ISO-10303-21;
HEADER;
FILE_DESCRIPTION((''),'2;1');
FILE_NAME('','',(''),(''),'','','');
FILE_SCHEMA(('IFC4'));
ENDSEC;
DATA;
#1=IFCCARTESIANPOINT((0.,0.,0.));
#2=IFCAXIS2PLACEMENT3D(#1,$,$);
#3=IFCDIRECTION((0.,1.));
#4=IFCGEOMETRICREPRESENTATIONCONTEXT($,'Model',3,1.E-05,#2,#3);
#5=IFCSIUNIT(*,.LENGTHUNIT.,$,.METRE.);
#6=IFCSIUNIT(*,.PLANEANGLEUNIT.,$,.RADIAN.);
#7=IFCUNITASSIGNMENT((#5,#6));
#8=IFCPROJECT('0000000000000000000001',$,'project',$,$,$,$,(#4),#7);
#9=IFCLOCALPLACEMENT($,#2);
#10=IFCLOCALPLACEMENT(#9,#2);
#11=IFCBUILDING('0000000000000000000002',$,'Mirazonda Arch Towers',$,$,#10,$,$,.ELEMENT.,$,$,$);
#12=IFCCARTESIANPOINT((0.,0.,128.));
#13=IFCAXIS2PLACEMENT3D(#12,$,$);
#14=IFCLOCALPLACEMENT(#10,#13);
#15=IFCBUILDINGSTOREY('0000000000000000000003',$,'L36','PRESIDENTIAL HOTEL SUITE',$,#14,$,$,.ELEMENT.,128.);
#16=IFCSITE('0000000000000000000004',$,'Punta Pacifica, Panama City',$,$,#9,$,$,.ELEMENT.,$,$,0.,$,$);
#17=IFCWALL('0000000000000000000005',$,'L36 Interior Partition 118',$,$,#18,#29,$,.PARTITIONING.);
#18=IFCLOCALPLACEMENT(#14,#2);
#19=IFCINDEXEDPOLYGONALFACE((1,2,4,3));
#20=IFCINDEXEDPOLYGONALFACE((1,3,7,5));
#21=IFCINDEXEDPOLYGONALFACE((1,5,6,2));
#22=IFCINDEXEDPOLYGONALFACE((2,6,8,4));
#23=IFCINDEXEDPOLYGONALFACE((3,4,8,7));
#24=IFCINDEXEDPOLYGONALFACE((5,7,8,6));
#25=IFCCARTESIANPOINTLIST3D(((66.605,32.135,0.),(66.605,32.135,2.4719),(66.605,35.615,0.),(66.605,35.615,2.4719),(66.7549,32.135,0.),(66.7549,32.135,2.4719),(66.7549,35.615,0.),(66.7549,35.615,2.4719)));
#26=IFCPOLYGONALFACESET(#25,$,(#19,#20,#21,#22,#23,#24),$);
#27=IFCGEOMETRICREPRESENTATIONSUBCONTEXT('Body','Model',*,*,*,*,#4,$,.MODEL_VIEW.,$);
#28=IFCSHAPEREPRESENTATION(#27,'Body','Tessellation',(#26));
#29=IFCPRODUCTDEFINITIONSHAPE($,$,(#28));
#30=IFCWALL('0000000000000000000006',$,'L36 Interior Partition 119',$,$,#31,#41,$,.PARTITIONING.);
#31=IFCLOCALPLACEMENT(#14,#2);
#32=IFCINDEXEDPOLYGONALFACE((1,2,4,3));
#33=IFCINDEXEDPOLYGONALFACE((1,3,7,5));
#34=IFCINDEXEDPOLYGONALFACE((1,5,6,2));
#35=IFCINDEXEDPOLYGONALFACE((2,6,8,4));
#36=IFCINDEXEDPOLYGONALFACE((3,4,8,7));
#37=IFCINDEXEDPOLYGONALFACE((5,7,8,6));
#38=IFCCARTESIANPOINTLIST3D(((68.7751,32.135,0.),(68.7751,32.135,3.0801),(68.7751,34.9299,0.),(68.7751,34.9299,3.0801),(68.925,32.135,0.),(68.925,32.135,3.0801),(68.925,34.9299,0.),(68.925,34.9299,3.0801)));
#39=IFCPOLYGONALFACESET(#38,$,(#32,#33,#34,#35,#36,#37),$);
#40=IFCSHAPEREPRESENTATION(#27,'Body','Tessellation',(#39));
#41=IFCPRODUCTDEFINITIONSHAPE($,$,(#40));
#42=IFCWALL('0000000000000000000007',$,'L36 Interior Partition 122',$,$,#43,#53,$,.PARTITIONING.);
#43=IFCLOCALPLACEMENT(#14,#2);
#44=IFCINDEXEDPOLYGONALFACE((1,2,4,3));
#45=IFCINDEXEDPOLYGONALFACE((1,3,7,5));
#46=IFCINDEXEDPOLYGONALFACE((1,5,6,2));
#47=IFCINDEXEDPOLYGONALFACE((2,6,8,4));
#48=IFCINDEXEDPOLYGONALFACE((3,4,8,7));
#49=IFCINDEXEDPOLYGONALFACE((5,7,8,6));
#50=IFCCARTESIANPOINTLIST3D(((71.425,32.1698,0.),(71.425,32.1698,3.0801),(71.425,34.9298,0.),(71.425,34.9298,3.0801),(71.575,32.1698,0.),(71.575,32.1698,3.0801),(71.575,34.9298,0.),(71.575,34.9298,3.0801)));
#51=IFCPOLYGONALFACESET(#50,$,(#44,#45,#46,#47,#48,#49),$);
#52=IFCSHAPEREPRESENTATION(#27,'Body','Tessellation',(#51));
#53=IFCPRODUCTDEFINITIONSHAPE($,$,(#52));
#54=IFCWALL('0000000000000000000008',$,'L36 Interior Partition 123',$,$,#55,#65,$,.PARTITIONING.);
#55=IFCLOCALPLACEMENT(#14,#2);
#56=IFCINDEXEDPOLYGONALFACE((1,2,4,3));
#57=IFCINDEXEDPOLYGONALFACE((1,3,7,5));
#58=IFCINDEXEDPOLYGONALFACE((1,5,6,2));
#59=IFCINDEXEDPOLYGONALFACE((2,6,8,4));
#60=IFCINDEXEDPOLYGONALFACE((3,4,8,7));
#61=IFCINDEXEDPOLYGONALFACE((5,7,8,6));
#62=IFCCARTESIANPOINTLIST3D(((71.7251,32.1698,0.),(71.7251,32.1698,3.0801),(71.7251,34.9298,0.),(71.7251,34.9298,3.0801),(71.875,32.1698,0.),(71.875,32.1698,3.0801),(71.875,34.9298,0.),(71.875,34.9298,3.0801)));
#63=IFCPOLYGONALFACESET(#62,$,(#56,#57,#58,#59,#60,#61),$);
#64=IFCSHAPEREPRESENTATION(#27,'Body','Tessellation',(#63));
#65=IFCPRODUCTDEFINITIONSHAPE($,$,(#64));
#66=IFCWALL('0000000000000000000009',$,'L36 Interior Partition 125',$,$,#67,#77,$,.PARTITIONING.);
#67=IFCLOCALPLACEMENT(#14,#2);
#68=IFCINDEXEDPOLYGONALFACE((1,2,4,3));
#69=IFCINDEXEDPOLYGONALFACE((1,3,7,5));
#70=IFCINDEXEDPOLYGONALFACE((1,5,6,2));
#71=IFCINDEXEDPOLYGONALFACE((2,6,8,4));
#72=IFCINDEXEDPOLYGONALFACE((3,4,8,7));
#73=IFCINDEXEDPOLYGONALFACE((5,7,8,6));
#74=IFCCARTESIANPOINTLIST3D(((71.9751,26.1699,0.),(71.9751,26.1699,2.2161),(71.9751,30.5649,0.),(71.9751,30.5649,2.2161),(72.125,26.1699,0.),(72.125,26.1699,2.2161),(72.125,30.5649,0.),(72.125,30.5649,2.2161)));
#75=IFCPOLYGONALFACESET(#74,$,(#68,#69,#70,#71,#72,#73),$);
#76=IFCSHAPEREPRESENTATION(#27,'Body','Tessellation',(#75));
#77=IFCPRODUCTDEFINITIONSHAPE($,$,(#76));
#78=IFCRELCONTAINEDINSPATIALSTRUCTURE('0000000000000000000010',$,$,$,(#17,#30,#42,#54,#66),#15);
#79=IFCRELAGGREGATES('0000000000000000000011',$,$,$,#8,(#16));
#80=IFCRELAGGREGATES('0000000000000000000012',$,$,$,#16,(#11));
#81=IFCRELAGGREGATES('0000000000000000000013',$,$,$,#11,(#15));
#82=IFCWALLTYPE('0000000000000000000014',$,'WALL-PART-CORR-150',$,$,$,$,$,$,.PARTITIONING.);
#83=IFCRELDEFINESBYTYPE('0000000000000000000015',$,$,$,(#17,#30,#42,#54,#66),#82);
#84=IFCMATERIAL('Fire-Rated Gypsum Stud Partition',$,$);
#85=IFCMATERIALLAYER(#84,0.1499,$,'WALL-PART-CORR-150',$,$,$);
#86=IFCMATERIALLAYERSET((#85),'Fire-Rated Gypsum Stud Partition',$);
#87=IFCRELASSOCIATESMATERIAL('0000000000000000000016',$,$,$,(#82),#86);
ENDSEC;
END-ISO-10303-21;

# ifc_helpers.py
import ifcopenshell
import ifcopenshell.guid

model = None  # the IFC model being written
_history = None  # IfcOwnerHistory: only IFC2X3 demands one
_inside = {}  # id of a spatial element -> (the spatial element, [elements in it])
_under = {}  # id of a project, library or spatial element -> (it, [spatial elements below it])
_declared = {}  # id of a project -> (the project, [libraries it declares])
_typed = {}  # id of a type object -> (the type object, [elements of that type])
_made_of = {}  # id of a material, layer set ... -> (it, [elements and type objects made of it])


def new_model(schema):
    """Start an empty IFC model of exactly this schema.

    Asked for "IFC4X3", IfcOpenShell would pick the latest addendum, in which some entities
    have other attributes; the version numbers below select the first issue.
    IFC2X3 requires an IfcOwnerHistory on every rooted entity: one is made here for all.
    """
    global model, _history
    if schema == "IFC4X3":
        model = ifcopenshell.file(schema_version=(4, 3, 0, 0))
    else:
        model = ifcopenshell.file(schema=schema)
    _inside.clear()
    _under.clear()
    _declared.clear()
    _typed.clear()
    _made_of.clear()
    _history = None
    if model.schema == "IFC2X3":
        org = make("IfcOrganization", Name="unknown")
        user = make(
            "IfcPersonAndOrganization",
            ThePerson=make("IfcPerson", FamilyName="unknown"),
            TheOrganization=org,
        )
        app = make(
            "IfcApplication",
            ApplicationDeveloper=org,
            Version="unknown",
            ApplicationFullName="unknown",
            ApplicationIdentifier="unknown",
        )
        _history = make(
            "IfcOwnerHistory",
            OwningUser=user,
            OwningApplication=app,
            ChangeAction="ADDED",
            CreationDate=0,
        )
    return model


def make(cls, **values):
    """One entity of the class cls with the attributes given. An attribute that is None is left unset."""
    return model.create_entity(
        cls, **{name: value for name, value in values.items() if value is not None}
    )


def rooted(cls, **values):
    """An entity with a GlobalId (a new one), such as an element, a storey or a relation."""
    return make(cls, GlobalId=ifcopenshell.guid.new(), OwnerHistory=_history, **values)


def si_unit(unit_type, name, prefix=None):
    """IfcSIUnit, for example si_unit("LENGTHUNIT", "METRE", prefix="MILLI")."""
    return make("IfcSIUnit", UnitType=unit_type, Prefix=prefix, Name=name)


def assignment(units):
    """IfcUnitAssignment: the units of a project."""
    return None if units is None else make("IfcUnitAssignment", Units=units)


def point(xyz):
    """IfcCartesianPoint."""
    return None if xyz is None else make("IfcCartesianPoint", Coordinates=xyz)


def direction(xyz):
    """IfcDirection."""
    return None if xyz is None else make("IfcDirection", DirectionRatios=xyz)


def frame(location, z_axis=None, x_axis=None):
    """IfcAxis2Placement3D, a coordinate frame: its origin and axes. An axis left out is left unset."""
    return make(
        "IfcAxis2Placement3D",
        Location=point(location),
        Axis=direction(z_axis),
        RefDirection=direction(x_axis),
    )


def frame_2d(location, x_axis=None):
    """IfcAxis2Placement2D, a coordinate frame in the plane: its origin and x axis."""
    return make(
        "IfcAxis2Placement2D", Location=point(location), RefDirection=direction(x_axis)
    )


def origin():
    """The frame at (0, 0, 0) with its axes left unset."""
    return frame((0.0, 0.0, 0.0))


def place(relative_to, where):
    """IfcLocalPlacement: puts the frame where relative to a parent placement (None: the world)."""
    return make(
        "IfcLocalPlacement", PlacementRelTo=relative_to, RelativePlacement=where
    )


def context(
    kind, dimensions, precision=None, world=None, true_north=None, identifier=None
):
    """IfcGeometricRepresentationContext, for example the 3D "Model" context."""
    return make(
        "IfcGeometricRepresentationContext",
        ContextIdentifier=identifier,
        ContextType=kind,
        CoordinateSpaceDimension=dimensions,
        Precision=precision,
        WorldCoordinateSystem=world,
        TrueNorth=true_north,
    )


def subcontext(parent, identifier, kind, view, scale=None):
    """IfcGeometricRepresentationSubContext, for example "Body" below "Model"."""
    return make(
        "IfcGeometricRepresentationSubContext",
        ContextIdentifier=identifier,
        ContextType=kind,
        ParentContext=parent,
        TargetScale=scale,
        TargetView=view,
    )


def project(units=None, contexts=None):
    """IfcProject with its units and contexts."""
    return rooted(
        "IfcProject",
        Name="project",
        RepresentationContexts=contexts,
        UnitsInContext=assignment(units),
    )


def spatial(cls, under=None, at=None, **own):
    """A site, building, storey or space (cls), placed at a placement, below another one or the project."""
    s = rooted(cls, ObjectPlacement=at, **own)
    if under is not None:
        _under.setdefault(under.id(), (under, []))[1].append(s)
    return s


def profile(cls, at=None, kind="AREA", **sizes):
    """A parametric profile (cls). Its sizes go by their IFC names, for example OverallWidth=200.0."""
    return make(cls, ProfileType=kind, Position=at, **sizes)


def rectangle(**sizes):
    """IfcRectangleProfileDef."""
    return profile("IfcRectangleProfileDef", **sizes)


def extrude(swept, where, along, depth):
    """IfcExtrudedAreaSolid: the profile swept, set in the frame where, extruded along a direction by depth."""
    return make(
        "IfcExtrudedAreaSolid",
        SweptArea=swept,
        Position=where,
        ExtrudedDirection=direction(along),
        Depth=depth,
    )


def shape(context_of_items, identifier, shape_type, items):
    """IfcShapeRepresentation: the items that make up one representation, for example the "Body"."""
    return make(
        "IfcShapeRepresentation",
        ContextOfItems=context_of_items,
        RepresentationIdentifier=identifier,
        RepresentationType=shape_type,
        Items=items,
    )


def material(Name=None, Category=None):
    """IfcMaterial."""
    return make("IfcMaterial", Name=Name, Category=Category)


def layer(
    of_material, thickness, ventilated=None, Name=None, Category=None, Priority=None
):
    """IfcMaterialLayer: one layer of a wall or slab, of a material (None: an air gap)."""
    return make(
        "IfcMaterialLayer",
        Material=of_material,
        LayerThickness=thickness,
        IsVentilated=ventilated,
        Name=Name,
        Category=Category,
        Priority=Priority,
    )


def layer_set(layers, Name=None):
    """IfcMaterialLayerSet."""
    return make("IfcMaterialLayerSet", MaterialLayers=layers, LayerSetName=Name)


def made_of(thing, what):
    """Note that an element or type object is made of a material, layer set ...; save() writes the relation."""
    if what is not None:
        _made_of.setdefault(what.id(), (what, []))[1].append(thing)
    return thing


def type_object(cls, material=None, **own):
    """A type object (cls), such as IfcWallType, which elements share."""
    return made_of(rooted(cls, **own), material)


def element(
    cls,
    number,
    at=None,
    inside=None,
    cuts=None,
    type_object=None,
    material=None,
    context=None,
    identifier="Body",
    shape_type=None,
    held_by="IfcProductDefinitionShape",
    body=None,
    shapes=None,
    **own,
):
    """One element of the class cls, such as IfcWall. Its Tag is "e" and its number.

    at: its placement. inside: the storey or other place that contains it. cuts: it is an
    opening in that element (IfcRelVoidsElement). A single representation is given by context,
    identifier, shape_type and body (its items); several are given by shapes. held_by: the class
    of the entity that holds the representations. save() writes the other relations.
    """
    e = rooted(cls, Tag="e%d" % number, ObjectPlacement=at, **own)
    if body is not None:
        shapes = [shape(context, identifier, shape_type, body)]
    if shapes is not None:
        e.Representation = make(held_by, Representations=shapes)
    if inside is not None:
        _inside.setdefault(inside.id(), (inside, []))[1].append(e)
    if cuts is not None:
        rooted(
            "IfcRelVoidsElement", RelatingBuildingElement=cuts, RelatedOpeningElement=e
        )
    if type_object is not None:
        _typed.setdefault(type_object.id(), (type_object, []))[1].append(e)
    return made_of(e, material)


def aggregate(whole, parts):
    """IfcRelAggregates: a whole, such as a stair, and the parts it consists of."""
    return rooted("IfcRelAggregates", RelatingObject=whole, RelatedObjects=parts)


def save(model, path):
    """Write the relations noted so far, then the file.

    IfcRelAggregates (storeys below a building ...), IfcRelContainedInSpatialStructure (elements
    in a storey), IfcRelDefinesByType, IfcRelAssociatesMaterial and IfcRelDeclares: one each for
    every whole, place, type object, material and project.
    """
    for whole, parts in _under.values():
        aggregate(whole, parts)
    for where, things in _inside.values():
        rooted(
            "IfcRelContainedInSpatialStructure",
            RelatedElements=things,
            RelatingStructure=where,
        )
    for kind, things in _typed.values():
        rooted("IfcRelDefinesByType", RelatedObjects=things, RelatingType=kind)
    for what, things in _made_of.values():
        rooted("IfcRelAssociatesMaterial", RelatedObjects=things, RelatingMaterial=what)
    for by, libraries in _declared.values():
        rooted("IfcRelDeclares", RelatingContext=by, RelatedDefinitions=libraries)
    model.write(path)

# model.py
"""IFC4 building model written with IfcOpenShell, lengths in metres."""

from ifc_helpers import new_model, si_unit, direction, frame, frame_2d, origin, place, context, subcontext, project, spatial, rectangle, extrude, material, layer, layer_set, type_object, element, save


model = new_model("IFC4")

# Units and contexts
model_context = context("Model", 3, precision=1e-05, world=origin(), true_north=direction((0.0, 1.0)))
body_context = subcontext(model_context, "Body", "Model", "MODEL_VIEW")
ifc_project = project(units=[si_unit("LENGTHUNIT", "METRE"), si_unit("PLANEANGLEUNIT", "RADIAN")], contexts=[model_context])

# Site, building, storey
site_placement = place(None, origin())
site = spatial("IfcSite", under=ifc_project, at=site_placement, Name="Punta Pacifica, Panama City", CompositionType="ELEMENT", RefElevation=0.0)
building_placement = place(site_placement, origin())
building = spatial("IfcBuilding", under=site, at=building_placement, Name="Mirazonda Arch Towers", CompositionType="ELEMENT")
storey_placement = place(building_placement, frame((0.0, 0.0, 128.0)))
storey = spatial("IfcBuildingStorey", under=building, at=storey_placement, Name="L36", Description="PRESIDENTIAL HOTEL SUITE", CompositionType="ELEMENT", Elevation=128.0)

# Shared definitions
ifc_material_1 = material(Name="Fire-Rated Gypsum Stud Partition")
ifc_layer_1 = layer(ifc_material_1, 0.1499, Name="WALL-PART-CORR-150")
ifc_layer_set_1 = layer_set([ifc_layer_1], Name="Fire-Rated Gypsum Stud Partition")
wall_type_1 = type_object("IfcWallType", Name="WALL-PART-CORR-150", PredefinedType="PARTITIONING", material=ifc_layer_set_1)

# Walls
wall_1_placement = place(storey_placement, frame((66.6799, 32.135, 0.0), z_axis=(0.0, 0.0, 1.0), x_axis=(0.0, 1.0, 0.0)))
element("IfcWall", 1, at=wall_1_placement, inside=storey, type_object=wall_type_1, Name="L36 Interior Partition 118", PredefinedType="PARTITIONING", context=body_context, shape_type="SweptSolid", body=[
    extrude(rectangle(XDim=3.48, YDim=0.1499, at=frame_2d((1.74, 0.0))), origin(), (0.0, 0.0, 1.0), 2.4719),
])
wall_2_placement = place(storey_placement, frame((68.8501, 32.135, 0.0), z_axis=(0.0, 0.0, 1.0), x_axis=(0.0, 1.0, 0.0)))
element("IfcWall", 2, at=wall_2_placement, inside=storey, type_object=wall_type_1, Name="L36 Interior Partition 119", PredefinedType="PARTITIONING", context=body_context, shape_type="SweptSolid", body=[
    extrude(rectangle(XDim=2.7949, YDim=0.1499, at=frame_2d((1.3975, 0.0))), origin(), (0.0, 0.0, 1.0), 3.0801),
])
for number, where, z_axis, x_axis, name in (
    (3, (71.5, 32.1699, 0.0), (0.0, 0.0, 1.0), (0.0, 1.0, 0.0), "L36 Interior Partition 122"),
    (4, (71.8, 32.1699, 0.0), (0.0, 0.0, 1.0), (0.0, 1.0, 0.0), "L36 Interior Partition 123"),
):
    element("IfcWall", number, at=place(storey_placement, frame(where, z_axis=z_axis, x_axis=x_axis)), inside=storey, type_object=wall_type_1, Name=name, PredefinedType="PARTITIONING", context=body_context, shape_type="SweptSolid", body=[
        extrude(rectangle(XDim=2.76, YDim=0.1499, at=frame_2d((1.3799, 0.0))), origin(), (0.0, 0.0, 1.0), 3.0801),
    ])
wall_3_placement = place(storey_placement, frame((72.05, 26.1699, 0.0), z_axis=(0.0, 0.0, 1.0), x_axis=(0.0, 1.0, 0.0)))
element("IfcWall", 5, at=wall_3_placement, inside=storey, type_object=wall_type_1, Name="L36 Interior Partition 125", PredefinedType="PARTITIONING", context=body_context, shape_type="SweptSolid", body=[
    extrude(rectangle(XDim=4.395, YDim=0.1499, at=frame_2d((2.1975, 0.0))), origin(), (0.0, 0.0, 1.0), 2.2161),
])

save(model, "model.ifc")
